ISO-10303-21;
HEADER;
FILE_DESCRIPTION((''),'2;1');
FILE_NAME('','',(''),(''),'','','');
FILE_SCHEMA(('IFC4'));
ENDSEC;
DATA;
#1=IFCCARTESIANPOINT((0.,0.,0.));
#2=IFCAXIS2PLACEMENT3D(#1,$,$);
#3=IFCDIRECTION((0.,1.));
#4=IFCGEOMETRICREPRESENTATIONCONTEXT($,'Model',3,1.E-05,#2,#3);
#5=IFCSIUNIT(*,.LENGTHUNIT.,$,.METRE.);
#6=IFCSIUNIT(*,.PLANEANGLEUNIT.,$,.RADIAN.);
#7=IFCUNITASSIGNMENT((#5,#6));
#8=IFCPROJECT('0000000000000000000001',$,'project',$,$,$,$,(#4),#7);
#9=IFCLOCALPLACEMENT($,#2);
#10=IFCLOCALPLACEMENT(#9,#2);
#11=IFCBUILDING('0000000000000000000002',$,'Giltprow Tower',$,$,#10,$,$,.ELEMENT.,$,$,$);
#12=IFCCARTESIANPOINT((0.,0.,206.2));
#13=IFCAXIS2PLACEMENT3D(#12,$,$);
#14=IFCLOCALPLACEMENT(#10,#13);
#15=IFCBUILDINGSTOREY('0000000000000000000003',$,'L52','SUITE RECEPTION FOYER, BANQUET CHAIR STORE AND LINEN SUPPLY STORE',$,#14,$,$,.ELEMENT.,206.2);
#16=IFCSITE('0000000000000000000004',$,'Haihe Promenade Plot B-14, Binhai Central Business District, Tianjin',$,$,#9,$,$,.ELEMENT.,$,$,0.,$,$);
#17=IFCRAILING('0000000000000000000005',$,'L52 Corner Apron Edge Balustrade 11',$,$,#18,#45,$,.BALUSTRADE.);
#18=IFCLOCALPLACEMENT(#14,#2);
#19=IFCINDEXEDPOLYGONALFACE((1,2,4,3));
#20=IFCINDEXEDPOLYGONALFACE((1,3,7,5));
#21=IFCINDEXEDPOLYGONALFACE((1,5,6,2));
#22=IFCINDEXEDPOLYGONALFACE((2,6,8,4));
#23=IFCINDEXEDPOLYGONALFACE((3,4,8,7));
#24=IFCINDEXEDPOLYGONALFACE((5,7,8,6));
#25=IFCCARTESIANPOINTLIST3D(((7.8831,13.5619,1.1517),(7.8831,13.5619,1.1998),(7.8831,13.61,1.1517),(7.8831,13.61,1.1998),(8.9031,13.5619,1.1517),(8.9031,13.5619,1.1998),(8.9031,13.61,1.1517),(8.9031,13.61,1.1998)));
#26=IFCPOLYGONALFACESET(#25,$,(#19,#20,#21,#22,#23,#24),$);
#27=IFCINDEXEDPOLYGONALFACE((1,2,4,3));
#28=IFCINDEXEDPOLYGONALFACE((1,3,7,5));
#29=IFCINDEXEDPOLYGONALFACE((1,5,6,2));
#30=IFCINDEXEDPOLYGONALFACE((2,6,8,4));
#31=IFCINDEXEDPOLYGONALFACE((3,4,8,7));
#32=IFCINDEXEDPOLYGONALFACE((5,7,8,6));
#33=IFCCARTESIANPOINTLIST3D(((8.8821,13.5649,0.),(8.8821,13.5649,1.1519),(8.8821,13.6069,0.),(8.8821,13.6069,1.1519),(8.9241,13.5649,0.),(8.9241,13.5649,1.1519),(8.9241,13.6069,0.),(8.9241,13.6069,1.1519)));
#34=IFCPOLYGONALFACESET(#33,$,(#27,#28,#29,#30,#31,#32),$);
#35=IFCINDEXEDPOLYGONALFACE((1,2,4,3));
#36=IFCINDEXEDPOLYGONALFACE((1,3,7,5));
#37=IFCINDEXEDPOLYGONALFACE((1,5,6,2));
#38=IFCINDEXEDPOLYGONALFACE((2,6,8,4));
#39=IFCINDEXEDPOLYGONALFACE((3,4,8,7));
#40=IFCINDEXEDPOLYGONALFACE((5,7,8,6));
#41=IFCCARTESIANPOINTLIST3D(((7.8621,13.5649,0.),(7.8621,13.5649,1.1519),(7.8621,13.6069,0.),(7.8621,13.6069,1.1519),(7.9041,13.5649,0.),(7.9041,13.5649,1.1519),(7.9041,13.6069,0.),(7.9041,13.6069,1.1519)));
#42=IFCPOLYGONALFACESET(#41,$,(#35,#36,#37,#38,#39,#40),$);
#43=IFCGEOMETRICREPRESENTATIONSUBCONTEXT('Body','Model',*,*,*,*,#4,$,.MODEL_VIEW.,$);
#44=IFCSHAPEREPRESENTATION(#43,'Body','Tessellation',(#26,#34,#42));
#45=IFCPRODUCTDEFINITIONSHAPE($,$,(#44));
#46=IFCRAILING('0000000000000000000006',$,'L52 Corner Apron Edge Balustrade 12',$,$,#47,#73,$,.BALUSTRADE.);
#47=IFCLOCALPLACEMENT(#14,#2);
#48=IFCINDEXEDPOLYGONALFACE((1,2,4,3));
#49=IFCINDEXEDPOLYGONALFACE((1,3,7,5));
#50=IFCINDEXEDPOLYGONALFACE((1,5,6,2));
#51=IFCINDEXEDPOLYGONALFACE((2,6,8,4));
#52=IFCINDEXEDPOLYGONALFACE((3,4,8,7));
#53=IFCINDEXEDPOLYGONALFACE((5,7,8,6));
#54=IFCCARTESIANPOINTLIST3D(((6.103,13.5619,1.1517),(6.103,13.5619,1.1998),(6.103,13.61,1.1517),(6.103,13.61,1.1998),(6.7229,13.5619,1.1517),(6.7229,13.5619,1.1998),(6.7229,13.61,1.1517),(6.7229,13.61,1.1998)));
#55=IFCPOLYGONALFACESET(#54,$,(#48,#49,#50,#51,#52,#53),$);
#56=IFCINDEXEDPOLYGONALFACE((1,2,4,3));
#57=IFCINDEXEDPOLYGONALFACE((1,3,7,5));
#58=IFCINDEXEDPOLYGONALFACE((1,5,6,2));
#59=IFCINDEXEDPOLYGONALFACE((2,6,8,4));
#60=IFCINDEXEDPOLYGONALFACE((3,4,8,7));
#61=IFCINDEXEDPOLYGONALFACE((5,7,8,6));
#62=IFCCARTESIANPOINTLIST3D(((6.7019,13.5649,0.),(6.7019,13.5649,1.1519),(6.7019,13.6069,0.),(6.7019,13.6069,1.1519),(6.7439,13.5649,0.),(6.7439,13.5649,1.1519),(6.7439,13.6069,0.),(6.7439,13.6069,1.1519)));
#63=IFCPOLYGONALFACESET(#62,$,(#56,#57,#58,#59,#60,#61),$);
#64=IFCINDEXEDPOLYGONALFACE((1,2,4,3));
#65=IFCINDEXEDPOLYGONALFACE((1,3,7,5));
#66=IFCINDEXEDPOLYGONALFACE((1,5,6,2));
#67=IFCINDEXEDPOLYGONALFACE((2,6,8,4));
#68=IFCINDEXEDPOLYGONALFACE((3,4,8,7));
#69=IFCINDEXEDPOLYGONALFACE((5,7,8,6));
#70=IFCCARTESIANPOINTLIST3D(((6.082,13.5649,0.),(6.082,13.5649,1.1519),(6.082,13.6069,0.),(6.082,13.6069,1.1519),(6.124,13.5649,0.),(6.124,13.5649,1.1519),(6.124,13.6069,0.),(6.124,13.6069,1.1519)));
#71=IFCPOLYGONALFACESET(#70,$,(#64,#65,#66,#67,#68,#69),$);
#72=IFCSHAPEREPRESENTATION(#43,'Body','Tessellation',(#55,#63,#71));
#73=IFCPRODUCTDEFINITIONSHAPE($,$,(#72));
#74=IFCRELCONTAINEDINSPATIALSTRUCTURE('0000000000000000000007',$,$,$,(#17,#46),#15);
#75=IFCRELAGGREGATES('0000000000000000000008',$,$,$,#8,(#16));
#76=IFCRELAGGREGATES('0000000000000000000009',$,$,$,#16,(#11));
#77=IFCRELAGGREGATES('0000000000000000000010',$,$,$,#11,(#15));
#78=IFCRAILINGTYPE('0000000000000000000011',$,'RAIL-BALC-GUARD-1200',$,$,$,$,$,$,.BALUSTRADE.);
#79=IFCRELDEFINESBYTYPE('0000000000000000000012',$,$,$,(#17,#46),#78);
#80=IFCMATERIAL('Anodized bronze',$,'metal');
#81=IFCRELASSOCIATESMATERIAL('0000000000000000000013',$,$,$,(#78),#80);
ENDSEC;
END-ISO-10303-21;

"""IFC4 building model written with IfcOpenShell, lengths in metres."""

from ifc_helpers import new_model, si_unit, direction, frame, origin, origin_2d, place, context, subcontext, project, spatial, rectangle, extrude, material, type_object, element, save


model = new_model("IFC4")

# Units and contexts
model_context = context("Model", 3, precision=1e-05, world=origin(), true_north=direction((0.0, 1.0)))
body_context = subcontext(model_context, "Body", "Model", "MODEL_VIEW")
ifc_project = project(units=[si_unit("LENGTHUNIT", "METRE"), si_unit("PLANEANGLEUNIT", "RADIAN")], contexts=[model_context])

# Site, building, storey
site_placement = place(None, origin())
site = spatial("IfcSite", under=ifc_project, at=site_placement, Name="Haihe Promenade Plot B-14, Binhai Central Business District, Tianjin", CompositionType="ELEMENT", RefElevation=0.0)
building_placement = place(site_placement, origin())
building = spatial("IfcBuilding", under=site, at=building_placement, Name="Giltprow Tower", CompositionType="ELEMENT")
storey_placement = place(building_placement, frame((0.0, 0.0, 206.2)))
storey = spatial("IfcBuildingStorey", under=building, at=storey_placement, Name="L52", Description="SUITE RECEPTION FOYER, BANQUET CHAIR STORE AND LINEN SUPPLY STORE", CompositionType="ELEMENT", Elevation=206.2)

# Shared definitions
ifc_material_1 = material(Name="Anodized bronze", Category="metal")

# Railings
railing_type = type_object("IfcRailingType", Name="RAIL-BALC-GUARD-1200", PredefinedType="BALUSTRADE", material=ifc_material_1)
railing_1_placement = place(storey_placement, frame((8.9031, 13.5859, 0.0)))
element("IfcRailing", 1, at=railing_1_placement, inside=storey, type_object=railing_type, Name="L52 Corner Apron Edge Balustrade 11", PredefinedType="BALUSTRADE", context=body_context, shape_type="SweptSolid", body=[
    extrude(rectangle(XDim=0.0481, YDim=0.0481, at=origin_2d()), frame((0.0, 0.0, 1.1758), z_axis=(-1.0, 0.0, 0.0), x_axis=(0.0, -1.0, 0.0)), (0.0, 0.0, 1.0), 1.02),
    extrude(rectangle(XDim=0.042, YDim=0.042, at=origin_2d()), origin(), (0.0, 0.0, 1.0), 1.1519),
    extrude(rectangle(XDim=0.042, YDim=0.042, at=origin_2d()), frame((-1.02, 0.0, 0.0)), (0.0, 0.0, 1.0), 1.1519),
])
railing_2_placement = place(storey_placement, frame((6.7229, 13.5859, 0.0)))
element("IfcRailing", 2, at=railing_2_placement, inside=storey, type_object=railing_type, Name="L52 Corner Apron Edge Balustrade 12", PredefinedType="BALUSTRADE", context=body_context, shape_type="SweptSolid", body=[
    extrude(rectangle(XDim=0.0481, YDim=0.0481, at=origin_2d()), frame((0.0, 0.0, 1.1758), z_axis=(-1.0, 0.0, 0.0), x_axis=(0.0, -1.0, 0.0)), (0.0, 0.0, 1.0), 0.6199),
    extrude(rectangle(XDim=0.042, YDim=0.042, at=origin_2d()), origin(), (0.0, 0.0, 1.0), 1.1519),
    extrude(rectangle(XDim=0.042, YDim=0.042, at=origin_2d()), frame((-0.6199, 0.0, 0.0)), (0.0, 0.0, 1.0), 1.1519),
])

save(model, "model.ifc")
